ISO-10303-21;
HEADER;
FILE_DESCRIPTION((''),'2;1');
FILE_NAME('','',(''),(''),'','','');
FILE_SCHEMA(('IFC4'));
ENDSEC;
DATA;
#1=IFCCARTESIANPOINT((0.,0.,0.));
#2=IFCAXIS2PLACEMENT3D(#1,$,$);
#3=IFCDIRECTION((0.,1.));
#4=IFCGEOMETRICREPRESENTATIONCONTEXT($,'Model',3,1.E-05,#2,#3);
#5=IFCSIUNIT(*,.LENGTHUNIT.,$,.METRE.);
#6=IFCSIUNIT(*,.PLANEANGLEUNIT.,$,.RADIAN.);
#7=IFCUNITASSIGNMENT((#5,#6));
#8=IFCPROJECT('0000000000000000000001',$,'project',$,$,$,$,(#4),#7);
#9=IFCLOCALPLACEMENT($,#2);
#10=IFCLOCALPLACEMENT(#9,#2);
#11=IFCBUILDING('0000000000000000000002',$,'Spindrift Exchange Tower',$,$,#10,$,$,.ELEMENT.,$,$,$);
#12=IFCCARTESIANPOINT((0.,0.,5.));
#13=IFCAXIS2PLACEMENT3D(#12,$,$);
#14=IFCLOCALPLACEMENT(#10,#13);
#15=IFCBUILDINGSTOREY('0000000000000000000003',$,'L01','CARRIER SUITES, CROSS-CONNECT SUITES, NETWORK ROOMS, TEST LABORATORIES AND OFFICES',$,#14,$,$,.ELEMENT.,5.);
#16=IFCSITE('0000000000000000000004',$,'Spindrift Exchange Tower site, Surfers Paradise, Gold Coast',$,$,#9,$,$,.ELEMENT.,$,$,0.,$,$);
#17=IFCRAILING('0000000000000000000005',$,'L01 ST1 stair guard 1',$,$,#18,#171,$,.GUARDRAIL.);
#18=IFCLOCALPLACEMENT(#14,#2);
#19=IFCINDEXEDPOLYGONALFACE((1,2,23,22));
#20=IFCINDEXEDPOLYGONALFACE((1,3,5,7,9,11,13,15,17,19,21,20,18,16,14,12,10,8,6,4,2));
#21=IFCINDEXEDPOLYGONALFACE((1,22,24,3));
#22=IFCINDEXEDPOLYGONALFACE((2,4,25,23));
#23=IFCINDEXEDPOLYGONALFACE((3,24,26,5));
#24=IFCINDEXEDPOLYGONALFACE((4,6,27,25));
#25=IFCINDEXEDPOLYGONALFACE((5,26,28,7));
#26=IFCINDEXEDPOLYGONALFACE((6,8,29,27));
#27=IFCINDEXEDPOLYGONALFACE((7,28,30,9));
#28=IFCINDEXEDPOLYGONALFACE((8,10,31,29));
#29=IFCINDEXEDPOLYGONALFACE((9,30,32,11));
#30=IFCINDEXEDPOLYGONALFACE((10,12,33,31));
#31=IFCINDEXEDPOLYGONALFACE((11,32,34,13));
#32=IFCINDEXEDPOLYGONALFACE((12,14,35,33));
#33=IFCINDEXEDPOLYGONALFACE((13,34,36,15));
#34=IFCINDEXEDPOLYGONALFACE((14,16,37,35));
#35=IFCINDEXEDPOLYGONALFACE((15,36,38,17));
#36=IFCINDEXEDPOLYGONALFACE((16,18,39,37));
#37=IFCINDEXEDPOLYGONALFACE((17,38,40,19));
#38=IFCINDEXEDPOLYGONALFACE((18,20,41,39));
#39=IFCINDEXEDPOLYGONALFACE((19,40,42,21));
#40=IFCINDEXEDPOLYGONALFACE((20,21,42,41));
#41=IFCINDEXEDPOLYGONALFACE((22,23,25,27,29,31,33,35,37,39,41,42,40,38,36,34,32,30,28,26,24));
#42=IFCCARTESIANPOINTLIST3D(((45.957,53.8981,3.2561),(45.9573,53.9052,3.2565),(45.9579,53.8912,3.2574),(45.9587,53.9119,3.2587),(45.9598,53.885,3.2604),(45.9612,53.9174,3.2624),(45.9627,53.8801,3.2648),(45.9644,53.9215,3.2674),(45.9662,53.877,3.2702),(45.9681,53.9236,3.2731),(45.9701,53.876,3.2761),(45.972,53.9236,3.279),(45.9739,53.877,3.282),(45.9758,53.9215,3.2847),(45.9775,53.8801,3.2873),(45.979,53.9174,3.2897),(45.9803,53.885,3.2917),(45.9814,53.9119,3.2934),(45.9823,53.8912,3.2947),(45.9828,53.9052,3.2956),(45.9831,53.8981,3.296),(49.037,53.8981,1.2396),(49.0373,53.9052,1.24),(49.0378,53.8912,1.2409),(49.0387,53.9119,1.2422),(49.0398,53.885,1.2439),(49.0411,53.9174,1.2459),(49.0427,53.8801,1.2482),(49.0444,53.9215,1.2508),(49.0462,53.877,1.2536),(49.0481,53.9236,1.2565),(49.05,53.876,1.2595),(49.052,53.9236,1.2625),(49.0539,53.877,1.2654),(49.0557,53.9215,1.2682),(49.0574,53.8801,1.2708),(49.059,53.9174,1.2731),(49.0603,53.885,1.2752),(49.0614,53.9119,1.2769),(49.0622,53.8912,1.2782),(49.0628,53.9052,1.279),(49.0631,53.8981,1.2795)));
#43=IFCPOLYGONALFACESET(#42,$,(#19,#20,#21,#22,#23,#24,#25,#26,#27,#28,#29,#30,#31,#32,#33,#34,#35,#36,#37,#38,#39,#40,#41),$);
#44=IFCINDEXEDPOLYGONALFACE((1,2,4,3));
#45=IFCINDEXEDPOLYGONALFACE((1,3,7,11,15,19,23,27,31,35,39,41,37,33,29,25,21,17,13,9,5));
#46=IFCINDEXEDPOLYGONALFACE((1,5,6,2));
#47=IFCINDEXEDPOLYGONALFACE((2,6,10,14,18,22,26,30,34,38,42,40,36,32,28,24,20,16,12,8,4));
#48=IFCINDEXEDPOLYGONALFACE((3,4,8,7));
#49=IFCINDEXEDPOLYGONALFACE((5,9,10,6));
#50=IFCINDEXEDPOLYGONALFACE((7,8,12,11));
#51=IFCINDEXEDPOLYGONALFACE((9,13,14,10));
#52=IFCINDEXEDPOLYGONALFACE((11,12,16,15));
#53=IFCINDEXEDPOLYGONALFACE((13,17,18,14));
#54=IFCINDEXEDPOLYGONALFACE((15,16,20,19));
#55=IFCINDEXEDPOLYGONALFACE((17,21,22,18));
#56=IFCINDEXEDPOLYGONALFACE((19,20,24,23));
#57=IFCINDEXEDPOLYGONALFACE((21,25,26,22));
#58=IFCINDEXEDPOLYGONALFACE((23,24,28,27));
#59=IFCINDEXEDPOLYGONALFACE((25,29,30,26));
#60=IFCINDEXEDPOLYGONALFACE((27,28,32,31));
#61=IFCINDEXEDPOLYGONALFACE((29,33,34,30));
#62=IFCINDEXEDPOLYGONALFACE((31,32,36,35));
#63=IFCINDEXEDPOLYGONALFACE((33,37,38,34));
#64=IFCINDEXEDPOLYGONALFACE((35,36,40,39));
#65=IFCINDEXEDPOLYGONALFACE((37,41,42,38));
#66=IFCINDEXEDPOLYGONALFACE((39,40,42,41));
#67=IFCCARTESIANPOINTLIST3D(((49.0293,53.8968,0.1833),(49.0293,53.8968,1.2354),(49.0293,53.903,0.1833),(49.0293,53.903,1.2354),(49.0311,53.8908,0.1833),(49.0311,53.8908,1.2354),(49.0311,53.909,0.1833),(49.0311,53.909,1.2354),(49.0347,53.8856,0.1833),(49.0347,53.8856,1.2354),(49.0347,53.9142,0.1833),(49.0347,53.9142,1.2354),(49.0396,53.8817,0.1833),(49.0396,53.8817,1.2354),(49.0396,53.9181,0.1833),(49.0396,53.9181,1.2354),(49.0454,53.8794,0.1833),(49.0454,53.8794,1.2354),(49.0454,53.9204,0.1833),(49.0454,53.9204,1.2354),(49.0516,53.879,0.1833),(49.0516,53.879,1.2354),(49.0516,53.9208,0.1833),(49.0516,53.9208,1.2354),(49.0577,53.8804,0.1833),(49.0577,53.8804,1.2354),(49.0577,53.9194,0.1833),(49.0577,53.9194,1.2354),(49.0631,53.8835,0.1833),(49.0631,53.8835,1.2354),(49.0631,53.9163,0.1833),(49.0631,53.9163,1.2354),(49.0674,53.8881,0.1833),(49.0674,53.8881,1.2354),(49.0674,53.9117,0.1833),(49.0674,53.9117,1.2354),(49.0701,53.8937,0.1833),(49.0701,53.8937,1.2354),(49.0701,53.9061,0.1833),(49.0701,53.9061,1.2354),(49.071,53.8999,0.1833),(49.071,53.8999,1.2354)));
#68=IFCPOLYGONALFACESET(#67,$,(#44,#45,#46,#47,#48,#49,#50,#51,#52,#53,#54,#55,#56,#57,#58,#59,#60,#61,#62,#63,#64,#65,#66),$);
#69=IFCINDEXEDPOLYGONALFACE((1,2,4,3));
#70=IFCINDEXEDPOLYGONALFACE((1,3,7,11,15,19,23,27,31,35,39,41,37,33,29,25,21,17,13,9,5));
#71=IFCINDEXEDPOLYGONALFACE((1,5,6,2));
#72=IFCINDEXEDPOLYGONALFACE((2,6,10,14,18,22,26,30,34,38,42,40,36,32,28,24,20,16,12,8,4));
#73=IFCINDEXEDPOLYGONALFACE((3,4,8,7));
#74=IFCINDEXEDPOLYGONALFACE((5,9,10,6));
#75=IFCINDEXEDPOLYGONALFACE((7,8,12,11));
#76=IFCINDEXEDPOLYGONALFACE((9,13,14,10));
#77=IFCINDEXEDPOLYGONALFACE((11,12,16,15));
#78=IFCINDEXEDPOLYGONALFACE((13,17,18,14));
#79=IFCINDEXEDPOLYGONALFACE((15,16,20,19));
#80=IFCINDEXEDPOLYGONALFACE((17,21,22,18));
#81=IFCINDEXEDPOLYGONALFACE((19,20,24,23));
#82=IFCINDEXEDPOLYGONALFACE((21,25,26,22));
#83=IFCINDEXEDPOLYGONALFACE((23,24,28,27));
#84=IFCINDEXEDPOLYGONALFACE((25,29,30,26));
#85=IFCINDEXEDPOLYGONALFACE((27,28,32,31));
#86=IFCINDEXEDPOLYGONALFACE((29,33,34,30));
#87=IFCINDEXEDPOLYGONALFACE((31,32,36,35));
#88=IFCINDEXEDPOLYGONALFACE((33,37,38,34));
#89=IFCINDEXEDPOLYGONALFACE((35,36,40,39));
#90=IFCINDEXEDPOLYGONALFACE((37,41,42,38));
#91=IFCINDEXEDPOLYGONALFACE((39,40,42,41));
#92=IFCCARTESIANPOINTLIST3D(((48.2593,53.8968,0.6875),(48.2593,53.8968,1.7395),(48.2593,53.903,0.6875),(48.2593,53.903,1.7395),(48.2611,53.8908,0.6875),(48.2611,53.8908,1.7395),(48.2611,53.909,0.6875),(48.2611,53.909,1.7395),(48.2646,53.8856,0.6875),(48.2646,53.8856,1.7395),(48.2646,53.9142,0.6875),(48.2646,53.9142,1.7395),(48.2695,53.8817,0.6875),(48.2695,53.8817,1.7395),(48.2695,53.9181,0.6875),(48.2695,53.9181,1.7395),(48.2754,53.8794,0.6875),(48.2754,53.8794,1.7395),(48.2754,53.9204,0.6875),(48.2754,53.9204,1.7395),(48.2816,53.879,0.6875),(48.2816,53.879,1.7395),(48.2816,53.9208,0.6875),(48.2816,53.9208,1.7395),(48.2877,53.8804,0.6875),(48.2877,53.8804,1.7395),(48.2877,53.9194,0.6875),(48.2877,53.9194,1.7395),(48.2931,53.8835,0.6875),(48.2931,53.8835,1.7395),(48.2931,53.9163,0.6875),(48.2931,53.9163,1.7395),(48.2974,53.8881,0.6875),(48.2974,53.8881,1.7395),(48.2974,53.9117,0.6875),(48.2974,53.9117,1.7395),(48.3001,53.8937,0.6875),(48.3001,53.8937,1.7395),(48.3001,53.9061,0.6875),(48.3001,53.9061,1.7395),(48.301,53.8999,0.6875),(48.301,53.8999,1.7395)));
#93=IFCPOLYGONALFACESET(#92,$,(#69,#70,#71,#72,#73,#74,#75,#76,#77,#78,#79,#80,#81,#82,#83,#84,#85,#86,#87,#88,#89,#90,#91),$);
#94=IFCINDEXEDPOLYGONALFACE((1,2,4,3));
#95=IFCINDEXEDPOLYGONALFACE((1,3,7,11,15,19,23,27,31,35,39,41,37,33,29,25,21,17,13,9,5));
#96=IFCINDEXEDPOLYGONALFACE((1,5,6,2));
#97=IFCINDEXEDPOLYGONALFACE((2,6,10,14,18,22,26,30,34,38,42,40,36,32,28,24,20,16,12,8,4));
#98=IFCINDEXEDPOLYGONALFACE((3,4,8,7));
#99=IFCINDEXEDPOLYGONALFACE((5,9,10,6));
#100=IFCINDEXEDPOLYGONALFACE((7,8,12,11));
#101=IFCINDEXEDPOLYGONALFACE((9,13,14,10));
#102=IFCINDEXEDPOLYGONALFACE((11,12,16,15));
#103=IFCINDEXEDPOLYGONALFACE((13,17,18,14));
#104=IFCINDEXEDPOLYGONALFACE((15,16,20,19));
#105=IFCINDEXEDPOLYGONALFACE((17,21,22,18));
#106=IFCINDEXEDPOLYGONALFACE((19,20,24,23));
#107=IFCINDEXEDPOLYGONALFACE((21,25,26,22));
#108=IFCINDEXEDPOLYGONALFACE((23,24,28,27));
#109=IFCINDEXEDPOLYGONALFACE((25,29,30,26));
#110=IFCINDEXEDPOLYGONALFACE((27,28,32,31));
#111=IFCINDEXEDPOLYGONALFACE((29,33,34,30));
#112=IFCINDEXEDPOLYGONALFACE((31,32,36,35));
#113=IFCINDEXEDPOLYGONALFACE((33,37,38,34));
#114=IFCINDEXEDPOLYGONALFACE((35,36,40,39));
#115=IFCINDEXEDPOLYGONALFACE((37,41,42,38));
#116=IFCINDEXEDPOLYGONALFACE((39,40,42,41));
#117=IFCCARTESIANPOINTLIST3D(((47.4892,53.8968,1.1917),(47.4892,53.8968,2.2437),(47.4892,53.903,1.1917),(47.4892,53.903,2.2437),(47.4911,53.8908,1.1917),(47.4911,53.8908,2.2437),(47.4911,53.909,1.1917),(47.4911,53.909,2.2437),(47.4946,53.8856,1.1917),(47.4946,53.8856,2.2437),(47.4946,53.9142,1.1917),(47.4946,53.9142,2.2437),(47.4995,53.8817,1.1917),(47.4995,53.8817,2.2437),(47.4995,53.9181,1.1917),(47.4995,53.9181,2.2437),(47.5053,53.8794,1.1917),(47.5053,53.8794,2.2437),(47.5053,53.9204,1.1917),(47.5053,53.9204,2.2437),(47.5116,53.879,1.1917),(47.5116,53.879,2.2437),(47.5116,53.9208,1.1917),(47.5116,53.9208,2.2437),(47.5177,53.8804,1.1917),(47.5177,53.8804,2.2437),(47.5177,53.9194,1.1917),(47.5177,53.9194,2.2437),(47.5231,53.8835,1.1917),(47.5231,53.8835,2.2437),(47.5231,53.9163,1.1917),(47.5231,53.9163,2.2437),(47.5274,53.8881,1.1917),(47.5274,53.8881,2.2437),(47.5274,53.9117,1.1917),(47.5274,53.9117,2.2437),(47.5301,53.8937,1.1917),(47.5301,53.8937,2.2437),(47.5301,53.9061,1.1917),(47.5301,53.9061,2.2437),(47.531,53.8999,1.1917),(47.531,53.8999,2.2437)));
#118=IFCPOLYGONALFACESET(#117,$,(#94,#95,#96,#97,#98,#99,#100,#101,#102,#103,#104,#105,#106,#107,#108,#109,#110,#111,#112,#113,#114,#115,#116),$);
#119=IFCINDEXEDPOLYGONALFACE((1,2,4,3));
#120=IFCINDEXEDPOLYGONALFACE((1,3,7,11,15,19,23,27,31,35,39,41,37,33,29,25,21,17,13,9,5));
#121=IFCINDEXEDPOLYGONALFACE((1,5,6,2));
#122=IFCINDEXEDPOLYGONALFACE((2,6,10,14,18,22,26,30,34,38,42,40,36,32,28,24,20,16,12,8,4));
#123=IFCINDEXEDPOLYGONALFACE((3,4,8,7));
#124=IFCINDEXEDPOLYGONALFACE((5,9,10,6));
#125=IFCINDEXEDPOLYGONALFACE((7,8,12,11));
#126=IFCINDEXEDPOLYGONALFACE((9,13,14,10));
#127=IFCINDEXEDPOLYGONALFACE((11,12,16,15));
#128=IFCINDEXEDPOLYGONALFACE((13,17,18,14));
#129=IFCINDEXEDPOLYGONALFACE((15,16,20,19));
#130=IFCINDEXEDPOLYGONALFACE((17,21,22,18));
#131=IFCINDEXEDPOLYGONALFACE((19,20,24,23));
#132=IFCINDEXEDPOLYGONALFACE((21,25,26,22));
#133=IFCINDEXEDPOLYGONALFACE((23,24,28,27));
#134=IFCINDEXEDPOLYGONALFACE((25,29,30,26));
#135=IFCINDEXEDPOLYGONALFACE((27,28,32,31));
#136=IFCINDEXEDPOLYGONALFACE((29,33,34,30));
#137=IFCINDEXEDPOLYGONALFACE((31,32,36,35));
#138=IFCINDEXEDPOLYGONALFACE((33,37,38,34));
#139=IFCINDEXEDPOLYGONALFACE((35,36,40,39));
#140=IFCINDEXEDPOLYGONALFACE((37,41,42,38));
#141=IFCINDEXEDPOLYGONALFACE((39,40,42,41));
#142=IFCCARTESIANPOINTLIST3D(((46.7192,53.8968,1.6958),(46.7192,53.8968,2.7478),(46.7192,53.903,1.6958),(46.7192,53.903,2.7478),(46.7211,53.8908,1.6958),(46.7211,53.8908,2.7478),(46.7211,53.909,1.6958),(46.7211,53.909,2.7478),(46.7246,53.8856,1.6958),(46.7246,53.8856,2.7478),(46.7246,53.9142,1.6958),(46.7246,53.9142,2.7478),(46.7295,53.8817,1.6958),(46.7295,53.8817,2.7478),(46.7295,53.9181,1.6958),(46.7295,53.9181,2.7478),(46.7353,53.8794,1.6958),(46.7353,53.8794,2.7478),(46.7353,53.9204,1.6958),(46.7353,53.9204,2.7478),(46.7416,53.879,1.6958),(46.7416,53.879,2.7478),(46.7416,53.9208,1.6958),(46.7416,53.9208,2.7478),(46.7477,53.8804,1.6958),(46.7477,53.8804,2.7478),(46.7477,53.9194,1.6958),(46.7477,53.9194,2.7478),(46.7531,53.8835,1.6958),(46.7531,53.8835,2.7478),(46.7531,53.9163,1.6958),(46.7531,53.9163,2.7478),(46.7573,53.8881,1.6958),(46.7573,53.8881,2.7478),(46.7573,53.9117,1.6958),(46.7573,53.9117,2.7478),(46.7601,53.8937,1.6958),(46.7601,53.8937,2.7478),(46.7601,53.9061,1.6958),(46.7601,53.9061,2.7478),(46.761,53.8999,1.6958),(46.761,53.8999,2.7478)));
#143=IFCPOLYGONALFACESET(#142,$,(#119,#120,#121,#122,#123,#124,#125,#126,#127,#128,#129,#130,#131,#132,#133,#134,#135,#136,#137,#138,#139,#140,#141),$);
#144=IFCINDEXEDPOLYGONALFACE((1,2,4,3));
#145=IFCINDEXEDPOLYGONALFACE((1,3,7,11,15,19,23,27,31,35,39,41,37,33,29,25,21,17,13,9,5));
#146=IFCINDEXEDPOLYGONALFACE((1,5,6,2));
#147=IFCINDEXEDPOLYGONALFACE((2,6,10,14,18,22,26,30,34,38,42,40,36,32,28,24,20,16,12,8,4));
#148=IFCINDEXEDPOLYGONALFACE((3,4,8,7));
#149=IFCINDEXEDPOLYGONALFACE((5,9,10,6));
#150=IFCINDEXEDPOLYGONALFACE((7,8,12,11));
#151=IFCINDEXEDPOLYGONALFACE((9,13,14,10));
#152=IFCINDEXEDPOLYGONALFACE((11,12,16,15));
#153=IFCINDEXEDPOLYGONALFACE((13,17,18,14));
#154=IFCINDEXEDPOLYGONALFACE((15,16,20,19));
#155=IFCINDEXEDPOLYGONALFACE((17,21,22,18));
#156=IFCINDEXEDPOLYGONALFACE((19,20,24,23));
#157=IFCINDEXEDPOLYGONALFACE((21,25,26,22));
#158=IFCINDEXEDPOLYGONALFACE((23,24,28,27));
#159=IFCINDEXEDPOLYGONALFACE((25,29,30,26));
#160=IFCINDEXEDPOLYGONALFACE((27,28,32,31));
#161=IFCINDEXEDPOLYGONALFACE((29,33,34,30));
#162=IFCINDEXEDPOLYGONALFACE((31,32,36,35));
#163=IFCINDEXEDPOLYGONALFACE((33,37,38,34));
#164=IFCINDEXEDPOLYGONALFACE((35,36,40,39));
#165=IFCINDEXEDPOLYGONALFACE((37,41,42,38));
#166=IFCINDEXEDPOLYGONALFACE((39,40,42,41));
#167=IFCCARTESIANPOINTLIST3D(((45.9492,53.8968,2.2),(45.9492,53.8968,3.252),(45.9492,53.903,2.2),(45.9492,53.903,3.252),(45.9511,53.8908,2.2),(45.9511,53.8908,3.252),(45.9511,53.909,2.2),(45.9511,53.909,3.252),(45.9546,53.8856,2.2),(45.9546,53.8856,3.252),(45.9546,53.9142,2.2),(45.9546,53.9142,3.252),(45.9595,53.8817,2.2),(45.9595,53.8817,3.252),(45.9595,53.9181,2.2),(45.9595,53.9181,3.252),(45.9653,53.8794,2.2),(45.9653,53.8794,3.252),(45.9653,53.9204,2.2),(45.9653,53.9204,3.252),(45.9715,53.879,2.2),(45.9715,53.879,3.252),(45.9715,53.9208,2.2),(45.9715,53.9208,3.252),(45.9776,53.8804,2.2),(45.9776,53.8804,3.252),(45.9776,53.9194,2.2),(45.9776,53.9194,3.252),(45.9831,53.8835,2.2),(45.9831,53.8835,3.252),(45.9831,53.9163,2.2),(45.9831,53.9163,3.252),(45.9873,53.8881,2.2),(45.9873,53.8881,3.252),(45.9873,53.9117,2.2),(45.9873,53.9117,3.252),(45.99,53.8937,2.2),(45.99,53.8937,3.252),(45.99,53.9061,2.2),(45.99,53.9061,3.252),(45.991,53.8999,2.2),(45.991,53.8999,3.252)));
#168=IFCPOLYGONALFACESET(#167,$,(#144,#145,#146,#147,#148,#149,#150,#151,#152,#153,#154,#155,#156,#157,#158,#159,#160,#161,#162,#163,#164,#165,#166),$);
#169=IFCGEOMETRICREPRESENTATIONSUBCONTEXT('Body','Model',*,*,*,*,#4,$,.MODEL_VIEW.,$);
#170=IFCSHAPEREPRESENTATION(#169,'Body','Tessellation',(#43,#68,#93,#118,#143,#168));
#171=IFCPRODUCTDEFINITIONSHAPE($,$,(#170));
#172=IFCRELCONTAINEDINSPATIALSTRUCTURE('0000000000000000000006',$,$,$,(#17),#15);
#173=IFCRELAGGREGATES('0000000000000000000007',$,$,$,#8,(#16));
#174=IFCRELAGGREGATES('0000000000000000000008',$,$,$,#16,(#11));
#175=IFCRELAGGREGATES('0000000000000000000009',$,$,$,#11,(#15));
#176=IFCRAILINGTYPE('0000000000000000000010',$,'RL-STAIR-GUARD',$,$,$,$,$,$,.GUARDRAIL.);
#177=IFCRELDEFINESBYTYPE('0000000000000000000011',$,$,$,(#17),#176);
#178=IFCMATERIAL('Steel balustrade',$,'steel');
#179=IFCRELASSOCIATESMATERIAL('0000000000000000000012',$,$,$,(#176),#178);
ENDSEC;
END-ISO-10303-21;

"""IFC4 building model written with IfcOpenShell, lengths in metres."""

from ifc_helpers import new_model, si_unit, direction, frame, origin, origin_2d, place, context, subcontext, project, spatial, circle, extrude, material, type_object, element, save


model = new_model("IFC4")

# Units and contexts
model_context = context("Model", 3, precision=1e-05, world=origin(), true_north=direction((0.0, 1.0)))
body_context = subcontext(model_context, "Body", "Model", "MODEL_VIEW")
ifc_project = project(units=[si_unit("LENGTHUNIT", "METRE"), si_unit("PLANEANGLEUNIT", "RADIAN")], contexts=[model_context])

# Site, building, storey
site_placement = place(None, origin())
site = spatial("IfcSite", under=ifc_project, at=site_placement, Name="Spindrift Exchange Tower site, Surfers Paradise, Gold Coast", CompositionType="ELEMENT", RefElevation=0.0)
building_placement = place(site_placement, origin())
building = spatial("IfcBuilding", under=site, at=building_placement, Name="Spindrift Exchange Tower", CompositionType="ELEMENT")
storey_placement = place(building_placement, frame((0.0, 0.0, 5.0)))
storey = spatial("IfcBuildingStorey", under=building, at=storey_placement, Name="L01", Description="CARRIER SUITES, CROSS-CONNECT SUITES, NETWORK ROOMS, TEST LABORATORIES AND OFFICES", CompositionType="ELEMENT", Elevation=5.0)

# Railing
ifc_material_1 = material(Name="Steel balustrade", Category="steel")
railing_type_1 = type_object("IfcRailingType", Name="RL-STAIR-GUARD", PredefinedType="GUARDRAIL", material=ifc_material_1)
railing_1_placement = place(storey_placement, frame((49.05, 53.8999, 0.1833)))
element("IfcRailing", 1, at=railing_1_placement, inside=storey, type_object=railing_type_1, Name="L01 ST1 stair guard 1", PredefinedType="GUARDRAIL", context=body_context, shape_type="SweptSolid", body=[
    extrude(circle(Radius=0.0239, at=origin_2d()), frame((0.0, 0.0, 1.0762), z_axis=(-0.836633, 0.0, 0.547764), x_axis=(0.0, -1.0, 0.0)), (0.0, 0.0, 1.0), 3.6814),
    extrude(circle(Radius=0.021, at=origin_2d()), origin(), (0.0, 0.0, 1.0), 1.052),
    extrude(circle(Radius=0.021, at=origin_2d()), frame((-0.77, 0.0, 0.5042)), (0.0, 0.0, 1.0), 1.052),
    extrude(circle(Radius=0.021, at=origin_2d()), frame((-1.54, 0.0, 1.0083)), (0.0, 0.0, 1.0), 1.052),
    extrude(circle(Radius=0.021, at=origin_2d()), frame((-2.3101, 0.0, 1.5125)), (0.0, 0.0, 1.0), 1.052),
    extrude(circle(Radius=0.021, at=origin_2d()), frame((-3.0801, 0.0, 2.0166)), (0.0, 0.0, 1.0), 1.052),
])

save(model, "model.ifc")
